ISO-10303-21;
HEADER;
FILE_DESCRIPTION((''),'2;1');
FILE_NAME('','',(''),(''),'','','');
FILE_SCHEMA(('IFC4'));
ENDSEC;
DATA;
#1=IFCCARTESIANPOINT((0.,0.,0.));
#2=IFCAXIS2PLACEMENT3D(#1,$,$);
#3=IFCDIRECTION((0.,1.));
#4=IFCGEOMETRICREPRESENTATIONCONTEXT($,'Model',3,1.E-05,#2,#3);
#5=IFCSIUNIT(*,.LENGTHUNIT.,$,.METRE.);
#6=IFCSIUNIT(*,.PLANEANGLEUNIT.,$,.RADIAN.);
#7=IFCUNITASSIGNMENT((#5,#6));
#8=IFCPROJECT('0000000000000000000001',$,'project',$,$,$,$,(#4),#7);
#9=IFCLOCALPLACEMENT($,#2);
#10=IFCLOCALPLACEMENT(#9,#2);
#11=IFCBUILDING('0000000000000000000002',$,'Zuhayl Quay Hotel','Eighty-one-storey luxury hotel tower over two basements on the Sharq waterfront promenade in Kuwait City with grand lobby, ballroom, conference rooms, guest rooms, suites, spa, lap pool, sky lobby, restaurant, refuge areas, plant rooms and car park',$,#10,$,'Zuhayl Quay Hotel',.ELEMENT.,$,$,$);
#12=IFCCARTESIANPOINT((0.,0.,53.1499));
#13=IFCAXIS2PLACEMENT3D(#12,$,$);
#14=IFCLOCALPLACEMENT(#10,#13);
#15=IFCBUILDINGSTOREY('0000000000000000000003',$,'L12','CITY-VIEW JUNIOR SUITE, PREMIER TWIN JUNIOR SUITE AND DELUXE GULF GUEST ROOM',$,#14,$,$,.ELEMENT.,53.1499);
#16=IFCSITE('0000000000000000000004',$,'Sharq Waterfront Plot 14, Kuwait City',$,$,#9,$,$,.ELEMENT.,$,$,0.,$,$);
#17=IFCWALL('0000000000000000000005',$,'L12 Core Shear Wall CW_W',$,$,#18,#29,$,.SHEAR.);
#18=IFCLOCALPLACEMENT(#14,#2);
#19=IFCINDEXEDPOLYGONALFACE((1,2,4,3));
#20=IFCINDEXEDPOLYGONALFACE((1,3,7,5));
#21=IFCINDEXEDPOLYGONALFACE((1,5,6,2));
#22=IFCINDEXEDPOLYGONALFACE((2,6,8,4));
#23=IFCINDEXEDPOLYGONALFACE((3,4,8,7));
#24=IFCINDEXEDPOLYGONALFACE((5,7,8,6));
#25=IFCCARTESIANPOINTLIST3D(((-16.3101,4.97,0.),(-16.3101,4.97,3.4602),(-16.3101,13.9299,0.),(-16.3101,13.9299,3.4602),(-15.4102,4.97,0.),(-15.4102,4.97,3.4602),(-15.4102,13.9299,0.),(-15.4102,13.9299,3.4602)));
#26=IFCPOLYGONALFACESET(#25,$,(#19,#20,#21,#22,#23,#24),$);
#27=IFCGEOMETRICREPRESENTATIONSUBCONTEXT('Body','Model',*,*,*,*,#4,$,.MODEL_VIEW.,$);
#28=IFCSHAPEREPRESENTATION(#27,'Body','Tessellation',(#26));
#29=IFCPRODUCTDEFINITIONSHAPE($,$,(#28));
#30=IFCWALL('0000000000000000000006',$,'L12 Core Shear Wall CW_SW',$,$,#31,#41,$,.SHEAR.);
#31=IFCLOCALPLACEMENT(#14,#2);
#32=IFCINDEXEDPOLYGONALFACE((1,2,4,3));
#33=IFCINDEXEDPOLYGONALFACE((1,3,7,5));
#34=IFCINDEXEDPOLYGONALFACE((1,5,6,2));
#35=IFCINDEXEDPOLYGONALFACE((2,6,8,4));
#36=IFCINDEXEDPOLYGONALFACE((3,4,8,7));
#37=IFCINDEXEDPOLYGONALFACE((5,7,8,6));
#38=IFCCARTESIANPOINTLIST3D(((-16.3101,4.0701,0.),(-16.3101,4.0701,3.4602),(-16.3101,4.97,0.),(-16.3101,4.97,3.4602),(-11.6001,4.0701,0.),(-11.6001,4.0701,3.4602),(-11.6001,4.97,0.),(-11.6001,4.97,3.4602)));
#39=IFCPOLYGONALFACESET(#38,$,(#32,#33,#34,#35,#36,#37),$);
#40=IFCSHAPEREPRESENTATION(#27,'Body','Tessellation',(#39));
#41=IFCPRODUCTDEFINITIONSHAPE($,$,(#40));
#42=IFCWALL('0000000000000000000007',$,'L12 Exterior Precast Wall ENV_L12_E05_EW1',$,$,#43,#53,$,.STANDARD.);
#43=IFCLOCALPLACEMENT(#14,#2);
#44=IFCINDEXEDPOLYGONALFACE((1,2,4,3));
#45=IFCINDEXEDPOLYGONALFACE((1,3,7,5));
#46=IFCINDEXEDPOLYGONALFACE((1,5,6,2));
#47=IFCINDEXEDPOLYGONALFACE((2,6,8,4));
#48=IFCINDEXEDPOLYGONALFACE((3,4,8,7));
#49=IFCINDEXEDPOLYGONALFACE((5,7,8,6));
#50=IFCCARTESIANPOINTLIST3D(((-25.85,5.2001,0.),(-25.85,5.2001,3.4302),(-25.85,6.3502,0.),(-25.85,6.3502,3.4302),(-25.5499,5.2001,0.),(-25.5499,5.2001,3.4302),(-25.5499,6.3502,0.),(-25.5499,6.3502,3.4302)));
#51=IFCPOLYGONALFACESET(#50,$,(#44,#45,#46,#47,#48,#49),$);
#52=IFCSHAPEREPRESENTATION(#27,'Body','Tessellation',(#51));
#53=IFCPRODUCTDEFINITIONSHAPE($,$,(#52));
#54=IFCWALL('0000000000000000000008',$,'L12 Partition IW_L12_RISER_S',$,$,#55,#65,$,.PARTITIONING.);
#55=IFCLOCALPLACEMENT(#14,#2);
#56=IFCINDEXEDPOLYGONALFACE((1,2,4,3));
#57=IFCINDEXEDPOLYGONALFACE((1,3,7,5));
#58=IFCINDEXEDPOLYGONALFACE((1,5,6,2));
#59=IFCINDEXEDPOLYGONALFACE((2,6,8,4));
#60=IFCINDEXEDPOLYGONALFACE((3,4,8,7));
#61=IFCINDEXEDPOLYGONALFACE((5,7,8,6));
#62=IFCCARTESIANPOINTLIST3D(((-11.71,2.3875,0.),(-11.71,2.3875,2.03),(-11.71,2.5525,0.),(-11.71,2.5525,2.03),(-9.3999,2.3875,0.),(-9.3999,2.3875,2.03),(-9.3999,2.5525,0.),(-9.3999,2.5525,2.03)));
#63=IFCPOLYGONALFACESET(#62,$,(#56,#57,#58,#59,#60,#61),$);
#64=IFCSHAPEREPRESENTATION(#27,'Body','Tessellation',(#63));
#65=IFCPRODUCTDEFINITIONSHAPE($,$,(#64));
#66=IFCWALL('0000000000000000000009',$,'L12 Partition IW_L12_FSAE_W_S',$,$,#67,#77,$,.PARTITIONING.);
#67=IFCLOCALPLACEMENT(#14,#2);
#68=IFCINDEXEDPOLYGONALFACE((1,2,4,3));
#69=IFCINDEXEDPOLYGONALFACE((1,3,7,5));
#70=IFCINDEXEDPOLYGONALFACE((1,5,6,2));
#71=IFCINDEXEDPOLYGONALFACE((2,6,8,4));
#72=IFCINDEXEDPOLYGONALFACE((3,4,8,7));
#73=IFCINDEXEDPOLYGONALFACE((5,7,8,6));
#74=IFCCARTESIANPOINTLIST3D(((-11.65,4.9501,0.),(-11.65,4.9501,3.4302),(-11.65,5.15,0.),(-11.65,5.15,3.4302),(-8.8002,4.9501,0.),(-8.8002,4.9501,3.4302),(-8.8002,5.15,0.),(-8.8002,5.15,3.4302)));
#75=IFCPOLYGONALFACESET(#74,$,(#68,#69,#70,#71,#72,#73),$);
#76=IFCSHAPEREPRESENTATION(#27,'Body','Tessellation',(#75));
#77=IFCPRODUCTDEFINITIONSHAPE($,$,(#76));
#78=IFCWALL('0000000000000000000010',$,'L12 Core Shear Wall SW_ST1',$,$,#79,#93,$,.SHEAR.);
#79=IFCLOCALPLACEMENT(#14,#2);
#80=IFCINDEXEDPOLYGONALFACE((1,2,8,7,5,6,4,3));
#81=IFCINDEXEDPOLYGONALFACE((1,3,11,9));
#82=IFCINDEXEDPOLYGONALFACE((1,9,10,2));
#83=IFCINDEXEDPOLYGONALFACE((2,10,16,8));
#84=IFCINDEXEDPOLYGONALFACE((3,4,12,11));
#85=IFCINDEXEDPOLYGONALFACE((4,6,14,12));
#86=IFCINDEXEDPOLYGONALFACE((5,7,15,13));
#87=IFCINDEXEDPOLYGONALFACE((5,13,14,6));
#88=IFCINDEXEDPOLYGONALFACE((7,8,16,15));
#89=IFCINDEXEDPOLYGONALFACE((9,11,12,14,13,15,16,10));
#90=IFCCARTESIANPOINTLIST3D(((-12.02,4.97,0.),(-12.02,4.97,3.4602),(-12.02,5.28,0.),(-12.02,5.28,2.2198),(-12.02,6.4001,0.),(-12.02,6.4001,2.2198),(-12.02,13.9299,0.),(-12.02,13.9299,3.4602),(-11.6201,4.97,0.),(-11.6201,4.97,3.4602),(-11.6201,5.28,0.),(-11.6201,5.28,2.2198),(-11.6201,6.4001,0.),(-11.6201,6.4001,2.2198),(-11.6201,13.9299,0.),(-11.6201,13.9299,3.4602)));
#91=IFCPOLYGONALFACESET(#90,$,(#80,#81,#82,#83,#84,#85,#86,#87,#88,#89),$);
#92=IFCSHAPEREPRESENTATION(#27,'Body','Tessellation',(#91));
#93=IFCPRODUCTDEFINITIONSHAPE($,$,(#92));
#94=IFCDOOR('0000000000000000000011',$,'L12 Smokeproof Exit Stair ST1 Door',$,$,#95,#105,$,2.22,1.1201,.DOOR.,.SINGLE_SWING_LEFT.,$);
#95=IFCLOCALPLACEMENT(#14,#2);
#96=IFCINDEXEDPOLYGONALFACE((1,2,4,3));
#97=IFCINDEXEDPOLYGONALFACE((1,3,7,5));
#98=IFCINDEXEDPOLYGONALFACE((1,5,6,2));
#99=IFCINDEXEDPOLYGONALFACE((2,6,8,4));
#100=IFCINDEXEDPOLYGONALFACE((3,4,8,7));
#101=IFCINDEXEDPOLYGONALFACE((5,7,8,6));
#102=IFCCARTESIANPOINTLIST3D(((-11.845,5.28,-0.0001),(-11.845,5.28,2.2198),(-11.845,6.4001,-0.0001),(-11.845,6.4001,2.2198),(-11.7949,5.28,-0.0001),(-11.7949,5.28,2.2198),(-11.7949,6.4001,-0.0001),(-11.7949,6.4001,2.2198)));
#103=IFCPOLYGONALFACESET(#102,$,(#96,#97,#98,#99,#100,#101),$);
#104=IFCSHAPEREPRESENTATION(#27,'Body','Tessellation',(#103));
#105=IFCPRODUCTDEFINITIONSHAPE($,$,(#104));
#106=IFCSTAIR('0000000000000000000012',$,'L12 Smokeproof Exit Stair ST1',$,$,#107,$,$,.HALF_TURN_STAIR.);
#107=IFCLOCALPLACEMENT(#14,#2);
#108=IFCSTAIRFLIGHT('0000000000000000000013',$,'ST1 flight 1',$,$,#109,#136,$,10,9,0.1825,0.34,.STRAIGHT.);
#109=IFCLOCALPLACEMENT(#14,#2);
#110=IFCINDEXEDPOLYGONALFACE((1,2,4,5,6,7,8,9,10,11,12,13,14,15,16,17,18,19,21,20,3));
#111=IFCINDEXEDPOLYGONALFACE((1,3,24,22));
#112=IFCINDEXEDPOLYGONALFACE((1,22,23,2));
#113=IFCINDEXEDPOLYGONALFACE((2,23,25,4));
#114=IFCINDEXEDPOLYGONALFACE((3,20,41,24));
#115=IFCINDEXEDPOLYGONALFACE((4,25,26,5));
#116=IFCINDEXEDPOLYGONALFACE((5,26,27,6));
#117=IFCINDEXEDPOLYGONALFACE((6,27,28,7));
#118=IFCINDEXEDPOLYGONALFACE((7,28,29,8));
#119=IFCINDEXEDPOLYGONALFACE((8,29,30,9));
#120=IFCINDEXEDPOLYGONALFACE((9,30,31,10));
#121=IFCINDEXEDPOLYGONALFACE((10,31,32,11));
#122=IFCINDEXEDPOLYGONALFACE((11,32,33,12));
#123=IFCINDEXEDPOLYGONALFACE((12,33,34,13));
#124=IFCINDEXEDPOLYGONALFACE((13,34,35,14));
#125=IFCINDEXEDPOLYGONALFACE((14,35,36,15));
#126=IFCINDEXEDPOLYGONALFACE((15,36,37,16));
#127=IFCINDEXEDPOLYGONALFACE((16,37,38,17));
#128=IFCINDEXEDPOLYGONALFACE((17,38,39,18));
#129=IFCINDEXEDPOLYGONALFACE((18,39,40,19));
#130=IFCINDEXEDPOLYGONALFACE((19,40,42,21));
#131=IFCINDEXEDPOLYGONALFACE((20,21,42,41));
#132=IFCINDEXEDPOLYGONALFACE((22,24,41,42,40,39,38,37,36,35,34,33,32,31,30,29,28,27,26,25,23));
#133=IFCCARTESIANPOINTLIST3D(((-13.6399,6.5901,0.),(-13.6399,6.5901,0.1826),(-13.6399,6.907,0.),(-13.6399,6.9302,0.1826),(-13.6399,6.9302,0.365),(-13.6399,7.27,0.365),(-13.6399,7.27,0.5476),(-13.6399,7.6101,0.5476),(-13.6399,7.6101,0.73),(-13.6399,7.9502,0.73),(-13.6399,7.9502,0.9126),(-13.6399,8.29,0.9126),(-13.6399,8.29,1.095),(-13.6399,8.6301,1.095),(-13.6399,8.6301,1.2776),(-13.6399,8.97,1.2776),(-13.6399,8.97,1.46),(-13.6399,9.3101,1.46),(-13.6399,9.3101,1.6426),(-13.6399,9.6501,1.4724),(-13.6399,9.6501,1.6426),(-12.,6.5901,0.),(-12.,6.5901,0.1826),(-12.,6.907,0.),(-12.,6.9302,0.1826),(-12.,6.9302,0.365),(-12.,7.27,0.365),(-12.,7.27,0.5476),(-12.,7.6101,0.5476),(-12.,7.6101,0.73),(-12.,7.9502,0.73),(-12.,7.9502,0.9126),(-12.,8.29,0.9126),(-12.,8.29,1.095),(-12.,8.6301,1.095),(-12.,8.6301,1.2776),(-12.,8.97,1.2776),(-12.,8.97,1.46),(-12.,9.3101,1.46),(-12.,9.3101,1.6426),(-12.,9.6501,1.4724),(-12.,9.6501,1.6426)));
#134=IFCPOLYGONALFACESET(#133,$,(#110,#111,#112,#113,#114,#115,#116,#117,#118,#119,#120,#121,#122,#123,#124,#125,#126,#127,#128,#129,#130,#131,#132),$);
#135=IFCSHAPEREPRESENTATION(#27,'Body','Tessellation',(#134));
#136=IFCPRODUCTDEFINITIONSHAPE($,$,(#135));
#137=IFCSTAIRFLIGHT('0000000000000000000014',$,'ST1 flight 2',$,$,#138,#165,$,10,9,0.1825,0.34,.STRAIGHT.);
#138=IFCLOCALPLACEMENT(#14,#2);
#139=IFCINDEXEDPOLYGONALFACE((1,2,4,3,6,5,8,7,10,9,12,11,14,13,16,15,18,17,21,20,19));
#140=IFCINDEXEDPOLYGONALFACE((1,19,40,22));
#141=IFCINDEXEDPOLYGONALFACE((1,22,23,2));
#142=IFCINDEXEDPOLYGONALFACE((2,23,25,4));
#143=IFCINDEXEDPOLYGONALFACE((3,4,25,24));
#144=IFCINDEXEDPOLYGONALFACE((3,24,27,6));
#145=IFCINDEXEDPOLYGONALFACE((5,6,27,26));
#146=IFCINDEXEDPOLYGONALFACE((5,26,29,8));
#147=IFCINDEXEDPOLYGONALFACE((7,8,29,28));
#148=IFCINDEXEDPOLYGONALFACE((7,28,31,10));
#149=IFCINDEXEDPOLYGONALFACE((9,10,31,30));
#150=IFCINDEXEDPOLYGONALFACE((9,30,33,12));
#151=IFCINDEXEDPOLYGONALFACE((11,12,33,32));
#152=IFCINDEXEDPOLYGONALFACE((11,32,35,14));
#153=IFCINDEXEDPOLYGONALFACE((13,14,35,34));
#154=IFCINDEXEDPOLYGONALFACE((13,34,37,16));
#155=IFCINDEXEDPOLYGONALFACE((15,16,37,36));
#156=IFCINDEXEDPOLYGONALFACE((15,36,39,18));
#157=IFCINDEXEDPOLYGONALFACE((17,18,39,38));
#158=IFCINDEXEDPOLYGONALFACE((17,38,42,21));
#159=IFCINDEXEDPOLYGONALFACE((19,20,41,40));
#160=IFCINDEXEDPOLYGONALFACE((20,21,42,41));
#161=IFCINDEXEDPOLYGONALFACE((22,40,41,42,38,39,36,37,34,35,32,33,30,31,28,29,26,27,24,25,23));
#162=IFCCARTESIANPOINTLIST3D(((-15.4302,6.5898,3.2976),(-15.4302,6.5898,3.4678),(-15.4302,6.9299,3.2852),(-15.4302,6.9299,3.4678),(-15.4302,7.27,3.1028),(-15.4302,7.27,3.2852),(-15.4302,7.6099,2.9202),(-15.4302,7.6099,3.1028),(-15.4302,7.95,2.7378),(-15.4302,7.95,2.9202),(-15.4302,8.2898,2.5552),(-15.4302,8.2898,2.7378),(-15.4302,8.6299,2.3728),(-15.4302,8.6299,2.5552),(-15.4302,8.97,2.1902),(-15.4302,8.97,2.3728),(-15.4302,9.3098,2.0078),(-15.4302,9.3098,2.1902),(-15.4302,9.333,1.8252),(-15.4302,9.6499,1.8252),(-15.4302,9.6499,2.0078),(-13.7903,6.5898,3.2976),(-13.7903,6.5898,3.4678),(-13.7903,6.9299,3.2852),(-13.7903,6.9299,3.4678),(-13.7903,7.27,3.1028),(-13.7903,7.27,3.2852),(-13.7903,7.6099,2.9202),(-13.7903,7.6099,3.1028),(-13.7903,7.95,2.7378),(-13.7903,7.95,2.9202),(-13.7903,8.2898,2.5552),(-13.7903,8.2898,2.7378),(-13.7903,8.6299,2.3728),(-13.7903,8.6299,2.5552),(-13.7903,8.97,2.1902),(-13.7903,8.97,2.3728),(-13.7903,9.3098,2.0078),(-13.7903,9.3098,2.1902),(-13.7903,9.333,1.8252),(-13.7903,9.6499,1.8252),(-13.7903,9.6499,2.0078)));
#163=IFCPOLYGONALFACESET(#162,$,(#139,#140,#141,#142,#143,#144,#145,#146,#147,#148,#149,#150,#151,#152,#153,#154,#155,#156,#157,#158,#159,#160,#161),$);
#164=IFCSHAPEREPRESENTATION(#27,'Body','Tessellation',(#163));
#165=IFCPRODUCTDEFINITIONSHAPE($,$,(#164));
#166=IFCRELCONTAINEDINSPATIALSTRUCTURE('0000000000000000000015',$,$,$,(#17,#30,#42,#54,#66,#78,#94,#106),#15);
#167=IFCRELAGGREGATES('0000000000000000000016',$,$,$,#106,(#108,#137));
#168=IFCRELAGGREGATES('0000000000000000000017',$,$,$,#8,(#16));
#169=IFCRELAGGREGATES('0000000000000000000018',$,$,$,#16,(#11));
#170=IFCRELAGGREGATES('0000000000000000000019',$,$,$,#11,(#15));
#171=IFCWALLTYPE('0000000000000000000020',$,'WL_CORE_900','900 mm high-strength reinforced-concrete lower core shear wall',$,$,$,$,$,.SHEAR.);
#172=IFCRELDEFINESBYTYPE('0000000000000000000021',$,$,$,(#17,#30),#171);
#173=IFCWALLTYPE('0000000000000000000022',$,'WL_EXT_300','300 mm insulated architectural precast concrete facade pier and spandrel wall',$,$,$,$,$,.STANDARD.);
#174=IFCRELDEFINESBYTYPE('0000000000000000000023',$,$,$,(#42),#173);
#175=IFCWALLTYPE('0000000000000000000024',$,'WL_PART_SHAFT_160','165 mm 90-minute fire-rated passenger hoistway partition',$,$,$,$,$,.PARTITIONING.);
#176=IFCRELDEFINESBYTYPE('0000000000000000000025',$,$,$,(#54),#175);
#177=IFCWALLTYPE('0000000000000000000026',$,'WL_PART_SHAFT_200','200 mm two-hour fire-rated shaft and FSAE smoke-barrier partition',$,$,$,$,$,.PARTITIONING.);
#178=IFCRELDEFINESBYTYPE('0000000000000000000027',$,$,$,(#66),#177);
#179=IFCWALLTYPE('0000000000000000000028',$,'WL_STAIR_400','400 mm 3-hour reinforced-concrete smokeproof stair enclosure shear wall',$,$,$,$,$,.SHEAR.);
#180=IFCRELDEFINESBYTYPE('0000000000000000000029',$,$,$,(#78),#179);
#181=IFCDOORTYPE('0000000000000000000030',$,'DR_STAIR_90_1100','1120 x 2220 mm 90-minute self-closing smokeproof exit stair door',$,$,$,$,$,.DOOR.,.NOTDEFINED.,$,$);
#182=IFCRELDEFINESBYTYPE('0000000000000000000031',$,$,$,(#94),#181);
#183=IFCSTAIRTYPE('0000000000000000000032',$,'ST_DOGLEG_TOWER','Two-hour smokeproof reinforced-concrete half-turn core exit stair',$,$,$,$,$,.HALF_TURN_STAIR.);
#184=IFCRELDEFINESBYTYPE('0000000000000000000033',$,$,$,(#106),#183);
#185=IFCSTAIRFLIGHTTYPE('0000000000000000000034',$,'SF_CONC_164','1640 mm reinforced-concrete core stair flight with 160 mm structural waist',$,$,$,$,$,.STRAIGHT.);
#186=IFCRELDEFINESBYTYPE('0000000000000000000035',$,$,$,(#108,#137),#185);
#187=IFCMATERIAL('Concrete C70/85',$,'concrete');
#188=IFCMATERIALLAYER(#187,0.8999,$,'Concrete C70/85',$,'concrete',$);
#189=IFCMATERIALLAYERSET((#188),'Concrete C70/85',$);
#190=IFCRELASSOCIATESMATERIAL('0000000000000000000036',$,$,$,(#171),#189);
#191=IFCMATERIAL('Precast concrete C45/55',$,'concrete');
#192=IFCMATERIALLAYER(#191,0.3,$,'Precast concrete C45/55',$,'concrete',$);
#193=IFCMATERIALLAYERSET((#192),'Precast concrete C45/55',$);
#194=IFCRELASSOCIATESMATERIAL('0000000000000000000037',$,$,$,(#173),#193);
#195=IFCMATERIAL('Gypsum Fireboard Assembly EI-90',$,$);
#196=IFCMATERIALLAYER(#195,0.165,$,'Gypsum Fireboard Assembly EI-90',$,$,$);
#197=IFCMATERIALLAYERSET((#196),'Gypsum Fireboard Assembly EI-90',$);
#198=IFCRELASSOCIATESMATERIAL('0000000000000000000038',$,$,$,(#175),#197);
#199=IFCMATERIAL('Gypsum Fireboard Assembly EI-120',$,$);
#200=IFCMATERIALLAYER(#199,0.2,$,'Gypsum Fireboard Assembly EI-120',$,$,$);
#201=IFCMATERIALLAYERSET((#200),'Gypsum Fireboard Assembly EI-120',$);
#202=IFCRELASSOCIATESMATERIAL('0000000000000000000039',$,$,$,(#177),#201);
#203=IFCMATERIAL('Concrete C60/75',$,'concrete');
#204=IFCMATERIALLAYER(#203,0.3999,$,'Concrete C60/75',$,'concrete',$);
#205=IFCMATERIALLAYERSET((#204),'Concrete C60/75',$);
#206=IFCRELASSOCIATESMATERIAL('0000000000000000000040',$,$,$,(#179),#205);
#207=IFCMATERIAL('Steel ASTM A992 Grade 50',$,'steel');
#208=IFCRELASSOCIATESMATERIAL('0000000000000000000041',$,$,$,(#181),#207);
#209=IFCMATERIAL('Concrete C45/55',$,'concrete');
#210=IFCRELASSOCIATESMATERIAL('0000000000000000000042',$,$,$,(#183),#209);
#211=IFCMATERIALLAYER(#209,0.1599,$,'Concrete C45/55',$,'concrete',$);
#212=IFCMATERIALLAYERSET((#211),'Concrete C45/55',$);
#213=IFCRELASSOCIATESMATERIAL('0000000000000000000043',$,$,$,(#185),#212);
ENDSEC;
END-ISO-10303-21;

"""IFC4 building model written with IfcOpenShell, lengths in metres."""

from ifc_helpers import new_model, si_unit, direction, frame, frame_2d, origin, place, context, subcontext, project, spatial, polyline, rectangle, outline, extrude, material, layer, layer_set, type_object, element, fill, aggregate, save


model = new_model("IFC4")

# Units and contexts
model_context = context("Model", 3, precision=1e-05, world=origin(), true_north=direction((0.0, 1.0)))
body_context = subcontext(model_context, "Body", "Model", "MODEL_VIEW")
ifc_project = project(units=[si_unit("LENGTHUNIT", "METRE"), si_unit("PLANEANGLEUNIT", "RADIAN")], contexts=[model_context])

# Site, building, storey
site_placement = place(None, origin())
site = spatial("IfcSite", under=ifc_project, at=site_placement, Name="Sharq Waterfront Plot 14, Kuwait City", CompositionType="ELEMENT", RefElevation=0.0)
building_placement = place(site_placement, origin())
building = spatial("IfcBuilding", under=site, at=building_placement, Name="Zuhayl Quay Hotel", Description="Eighty-one-storey luxury hotel tower over two basements on the Sharq waterfront promenade in Kuwait City with grand lobby, ballroom, conference rooms, guest rooms, suites, spa, lap pool, sky lobby, restaurant, refuge areas, plant rooms and car park", LongName="Zuhayl Quay Hotel", CompositionType="ELEMENT")
storey_placement = place(building_placement, frame((0.0, 0.0, 53.1499)))
storey = spatial("IfcBuildingStorey", under=building, at=storey_placement, Name="L12", Description="CITY-VIEW JUNIOR SUITE, PREMIER TWIN JUNIOR SUITE AND DELUXE GULF GUEST ROOM", CompositionType="ELEMENT", Elevation=53.1499)

# Shared definitions
ifc_material_1 = material(Name="Concrete C70/85", Category="concrete")

# Shared definitions
ifc_material_2 = material(Name="Steel ASTM A992 Grade 50", Category="steel")

# Walls
ifc_layer_1 = layer(ifc_material_1, 0.8999, Name="Concrete C70/85", Category="concrete")
ifc_layer_set_1 = layer_set([ifc_layer_1], Name="Concrete C70/85")
wall_type_1 = type_object("IfcWallType", Name="WL_CORE_900", Description="900 mm high-strength reinforced-concrete lower core shear wall", PredefinedType="SHEAR", material=ifc_layer_set_1)
wall_1_placement = place(storey_placement, frame((-15.8601, 4.97, 0.0), z_axis=(0.0, 0.0, 1.0), x_axis=(0.0, 1.0, 0.0)))
element("IfcWall", 1, at=wall_1_placement, inside=storey, type_object=wall_type_1, Name="L12 Core Shear Wall CW_W", PredefinedType="SHEAR", context=body_context, shape_type="SweptSolid", body=[
    extrude(rectangle(XDim=8.96, YDim=0.8999, at=frame_2d((4.48, 0.0))), origin(), (0.0, 0.0, 1.0), 3.4602),
])
wall_2_placement = place(storey_placement, frame((-16.3101, 4.52, 0.0), z_axis=(0.0, 0.0, 1.0), x_axis=(1.0, 0.0, 0.0)))
element("IfcWall", 2, at=wall_2_placement, inside=storey, type_object=wall_type_1, Name="L12 Core Shear Wall CW_SW", PredefinedType="SHEAR", context=body_context, shape_type="SweptSolid", body=[
    extrude(rectangle(XDim=4.71, YDim=0.8999, at=frame_2d((2.355, 0.0))), origin(), (0.0, 0.0, 1.0), 3.4602),
])
ifc_material_3 = material(Name="Precast concrete C45/55", Category="concrete")
ifc_layer_2 = layer(ifc_material_3, 0.3, Name="Precast concrete C45/55", Category="concrete")
ifc_layer_set_2 = layer_set([ifc_layer_2], Name="Precast concrete C45/55")
wall_type_2 = type_object("IfcWallType", Name="WL_EXT_300", Description="300 mm insulated architectural precast concrete facade pier and spandrel wall", PredefinedType="STANDARD", material=ifc_layer_set_2)
wall_3_placement = place(storey_placement, frame((-25.7, 5.2, 0.0), z_axis=(0.0, 0.0, 1.0), x_axis=(0.0, 1.0, 0.0)))
element("IfcWall", 3, at=wall_3_placement, inside=storey, type_object=wall_type_2, Name="L12 Exterior Precast Wall ENV_L12_E05_EW1", PredefinedType="STANDARD", context=body_context, shape_type="SweptSolid", body=[
    extrude(rectangle(XDim=1.1501, YDim=0.3, at=frame_2d((0.5752, 0.0))), origin(), (0.0, 0.0, 1.0), 3.4302),
])
ifc_material_4 = material(Name="Gypsum Fireboard Assembly EI-90")
ifc_layer_3 = layer(ifc_material_4, 0.165, Name="Gypsum Fireboard Assembly EI-90")
ifc_layer_set_3 = layer_set([ifc_layer_3], Name="Gypsum Fireboard Assembly EI-90")
wall_type_3 = type_object("IfcWallType", Name="WL_PART_SHAFT_160", Description="165 mm 90-minute fire-rated passenger hoistway partition", PredefinedType="PARTITIONING", material=ifc_layer_set_3)
wall_4_placement = place(storey_placement, frame((-11.71, 2.47, 0.0), z_axis=(0.0, 0.0, 1.0), x_axis=(1.0, 0.0, 0.0)))
element("IfcWall", 4, at=wall_4_placement, inside=storey, type_object=wall_type_3, Name="L12 Partition IW_L12_RISER_S", PredefinedType="PARTITIONING", context=body_context, shape_type="SweptSolid", body=[
    extrude(rectangle(XDim=2.3101, YDim=0.165, at=frame_2d((1.155, 0.0))), origin(), (0.0, 0.0, 1.0), 2.03),
])
ifc_material_5 = material(Name="Gypsum Fireboard Assembly EI-120")
ifc_layer_4 = layer(ifc_material_5, 0.2, Name="Gypsum Fireboard Assembly EI-120")
ifc_layer_set_4 = layer_set([ifc_layer_4], Name="Gypsum Fireboard Assembly EI-120")
wall_type_4 = type_object("IfcWallType", Name="WL_PART_SHAFT_200", Description="200 mm two-hour fire-rated shaft and FSAE smoke-barrier partition", PredefinedType="PARTITIONING", material=ifc_layer_set_4)
wall_5_placement = place(storey_placement, frame((-11.6499, 5.05, 0.0), z_axis=(0.0, 0.0, 1.0), x_axis=(1.0, 0.0, 0.0)))
element("IfcWall", 5, at=wall_5_placement, inside=storey, type_object=wall_type_4, Name="L12 Partition IW_L12_FSAE_W_S", PredefinedType="PARTITIONING", context=body_context, shape_type="SweptSolid", body=[
    extrude(rectangle(XDim=2.8499, YDim=0.2, at=frame_2d((1.4248, 0.0))), origin(), (0.0, 0.0, 1.0), 3.4302),
])

# Wall, opening, door
ifc_material_6 = material(Name="Concrete C60/75", Category="concrete")
ifc_layer_5 = layer(ifc_material_6, 0.3999, Name="Concrete C60/75", Category="concrete")
ifc_layer_set_5 = layer_set([ifc_layer_5], Name="Concrete C60/75")
wall_type_5 = type_object("IfcWallType", Name="WL_STAIR_400", Description="400 mm 3-hour reinforced-concrete smokeproof stair enclosure shear wall", PredefinedType="SHEAR", material=ifc_layer_set_5)
wall_6_placement = place(storey_placement, frame((-11.8201, 4.97, 0.0), z_axis=(0.0, 0.0, 1.0), x_axis=(0.0, 1.0, 0.0)))
wall_6 = element("IfcWall", 6, at=wall_6_placement, inside=storey, type_object=wall_type_5, Name="L12 Core Shear Wall SW_ST1", PredefinedType="SHEAR", context=body_context, shape_type="SweptSolid", body=[
    extrude(rectangle(XDim=8.96, YDim=0.3999, at=frame_2d((4.48, 0.0))), origin(), (0.0, 0.0, 1.0), 3.4602),
])
opening_placement = place(wall_6_placement, frame((0.3101, 0.0, 0.0)))
opening = element("IfcOpeningElement", 7, at=opening_placement, cuts=wall_6, PredefinedType="OPENING", context=body_context, shape_type="SweptSolid", body=[
    extrude(rectangle(XDim=1.1201, YDim=2.22, at=frame_2d((0.5601, 1.1099))), frame((0.0, 0.21, 0.0), z_axis=(0.0, -1.0, 0.0), x_axis=(1.0, 0.0, 0.0)), (0.0, 0.0, 1.0), 0.4199),
])
door_type = type_object("IfcDoorType", Name="DR_STAIR_90_1100", Description="1120 x 2220 mm 90-minute self-closing smokeproof exit stair door", OperationType="NOTDEFINED", PredefinedType="DOOR", material=ifc_material_2)
door_placement = place(opening_placement, origin())
door = element("IfcDoor", 8, at=door_placement, inside=storey, type_object=door_type, Name="L12 Smokeproof Exit Stair ST1 Door", OperationType="SINGLE_SWING_LEFT", OverallHeight=2.22, OverallWidth=1.1201, PredefinedType="DOOR", context=body_context, shape_type="SweptSolid", body=[
    extrude(rectangle(XDim=1.1201, YDim=2.22, at=frame_2d((0.5601, 1.1099))), frame((0.0, 0.0249, 0.0), z_axis=(0.0, -1.0, 0.0), x_axis=(1.0, 0.0, 0.0)), (0.0, 0.0, 1.0), 0.05),
])
fill(opening, door)

# Stair, stair flights
ifc_material_7 = material(Name="Concrete C45/55", Category="concrete")
stair_type = type_object("IfcStairType", Name="ST_DOGLEG_TOWER", Description="Two-hour smokeproof reinforced-concrete half-turn core exit stair", PredefinedType="HALF_TURN_STAIR", material=ifc_material_7)
stair_placement = place(storey_placement, origin())
stair = element("IfcStair", 9, at=stair_placement, inside=storey, type_object=stair_type, Name="L12 Smokeproof Exit Stair ST1", PredefinedType="HALF_TURN_STAIR")
ifc_layer_6 = layer(ifc_material_7, 0.1599, Name="Concrete C45/55", Category="concrete")
ifc_layer_set_6 = layer_set([ifc_layer_6], Name="Concrete C45/55")
stair_flight_type = type_object("IfcStairFlightType", Name="SF_CONC_164", Description="1640 mm reinforced-concrete core stair flight with 160 mm structural waist", PredefinedType="STRAIGHT", material=ifc_layer_set_6)
stair_flight_1_placement = place(storey_placement, frame((-12.8201, 6.5901, 0.0), z_axis=(0.0, 0.0, 1.0), x_axis=(0.0, 1.0, 0.0)))
stair_flight_1 = element("IfcStairFlight", 10, at=stair_flight_1_placement, type_object=stair_flight_type, Name="ST1 flight 1", NumberOfRisers=10, NumberOfTreads=9, PredefinedType="STRAIGHT", RiserHeight=0.1825, TreadLength=0.34, context=body_context, shape_type="SweptSolid", body=[
    extrude(outline(polyline([(0.0, 0.0), (0.0, 0.1826), (0.3401, 0.1826), (0.3401, 0.365), (0.6799, 0.365), (0.6799, 0.5476), (1.02, 0.5476), (1.02, 0.73), (1.3601, 0.73), (1.3601, 0.9126), (1.7, 0.9126), (1.7, 1.095), (2.04, 1.095), (2.04, 1.2776), (2.3799, 1.2776), (2.3799, 1.46), (2.72, 1.46), (2.72, 1.6426), (3.0601, 1.6426), (3.0601, 1.825), (3.0601, 1.4724), (0.3169, 0.0), (0.0, 0.0)])), frame((0.0, 0.8198, 0.0), z_axis=(0.0, -1.0, 0.0), x_axis=(1.0, 0.0, 0.0)), (0.0, 0.0, 1.0), 1.6399),
])
stair_flight_2_placement = place(storey_placement, frame((-14.6101, 9.6499, 1.8252), z_axis=(0.0, 0.0, 1.0), x_axis=(0.0, -1.0, 0.0)))
stair_flight_2 = element("IfcStairFlight", 11, at=stair_flight_2_placement, type_object=stair_flight_type, Name="ST1 flight 2", NumberOfRisers=10, NumberOfTreads=9, PredefinedType="STRAIGHT", RiserHeight=0.1825, TreadLength=0.34, context=body_context, shape_type="SweptSolid", body=[
    extrude(outline(polyline([(0.0, 0.0), (0.0, 0.1826), (0.3401, 0.1826), (0.3401, 0.365), (0.6799, 0.365), (0.6799, 0.5476), (1.02, 0.5476), (1.02, 0.73), (1.3601, 0.73), (1.3601, 0.9126), (1.7, 0.9126), (1.7, 1.095), (2.04, 1.095), (2.04, 1.2776), (2.3799, 1.2776), (2.3799, 1.46), (2.72, 1.46), (2.72, 1.6426), (3.0601, 1.6426), (3.0601, 1.825), (3.0601, 1.4724), (0.3169, 0.0), (0.0, 0.0)])), frame((0.0, 0.8198, 0.0), z_axis=(0.0, -1.0, 0.0), x_axis=(1.0, 0.0, 0.0)), (0.0, 0.0, 1.0), 1.6399),
])
aggregate(stair, [stair_flight_1, stair_flight_2])

save(model, "model.ifc")
